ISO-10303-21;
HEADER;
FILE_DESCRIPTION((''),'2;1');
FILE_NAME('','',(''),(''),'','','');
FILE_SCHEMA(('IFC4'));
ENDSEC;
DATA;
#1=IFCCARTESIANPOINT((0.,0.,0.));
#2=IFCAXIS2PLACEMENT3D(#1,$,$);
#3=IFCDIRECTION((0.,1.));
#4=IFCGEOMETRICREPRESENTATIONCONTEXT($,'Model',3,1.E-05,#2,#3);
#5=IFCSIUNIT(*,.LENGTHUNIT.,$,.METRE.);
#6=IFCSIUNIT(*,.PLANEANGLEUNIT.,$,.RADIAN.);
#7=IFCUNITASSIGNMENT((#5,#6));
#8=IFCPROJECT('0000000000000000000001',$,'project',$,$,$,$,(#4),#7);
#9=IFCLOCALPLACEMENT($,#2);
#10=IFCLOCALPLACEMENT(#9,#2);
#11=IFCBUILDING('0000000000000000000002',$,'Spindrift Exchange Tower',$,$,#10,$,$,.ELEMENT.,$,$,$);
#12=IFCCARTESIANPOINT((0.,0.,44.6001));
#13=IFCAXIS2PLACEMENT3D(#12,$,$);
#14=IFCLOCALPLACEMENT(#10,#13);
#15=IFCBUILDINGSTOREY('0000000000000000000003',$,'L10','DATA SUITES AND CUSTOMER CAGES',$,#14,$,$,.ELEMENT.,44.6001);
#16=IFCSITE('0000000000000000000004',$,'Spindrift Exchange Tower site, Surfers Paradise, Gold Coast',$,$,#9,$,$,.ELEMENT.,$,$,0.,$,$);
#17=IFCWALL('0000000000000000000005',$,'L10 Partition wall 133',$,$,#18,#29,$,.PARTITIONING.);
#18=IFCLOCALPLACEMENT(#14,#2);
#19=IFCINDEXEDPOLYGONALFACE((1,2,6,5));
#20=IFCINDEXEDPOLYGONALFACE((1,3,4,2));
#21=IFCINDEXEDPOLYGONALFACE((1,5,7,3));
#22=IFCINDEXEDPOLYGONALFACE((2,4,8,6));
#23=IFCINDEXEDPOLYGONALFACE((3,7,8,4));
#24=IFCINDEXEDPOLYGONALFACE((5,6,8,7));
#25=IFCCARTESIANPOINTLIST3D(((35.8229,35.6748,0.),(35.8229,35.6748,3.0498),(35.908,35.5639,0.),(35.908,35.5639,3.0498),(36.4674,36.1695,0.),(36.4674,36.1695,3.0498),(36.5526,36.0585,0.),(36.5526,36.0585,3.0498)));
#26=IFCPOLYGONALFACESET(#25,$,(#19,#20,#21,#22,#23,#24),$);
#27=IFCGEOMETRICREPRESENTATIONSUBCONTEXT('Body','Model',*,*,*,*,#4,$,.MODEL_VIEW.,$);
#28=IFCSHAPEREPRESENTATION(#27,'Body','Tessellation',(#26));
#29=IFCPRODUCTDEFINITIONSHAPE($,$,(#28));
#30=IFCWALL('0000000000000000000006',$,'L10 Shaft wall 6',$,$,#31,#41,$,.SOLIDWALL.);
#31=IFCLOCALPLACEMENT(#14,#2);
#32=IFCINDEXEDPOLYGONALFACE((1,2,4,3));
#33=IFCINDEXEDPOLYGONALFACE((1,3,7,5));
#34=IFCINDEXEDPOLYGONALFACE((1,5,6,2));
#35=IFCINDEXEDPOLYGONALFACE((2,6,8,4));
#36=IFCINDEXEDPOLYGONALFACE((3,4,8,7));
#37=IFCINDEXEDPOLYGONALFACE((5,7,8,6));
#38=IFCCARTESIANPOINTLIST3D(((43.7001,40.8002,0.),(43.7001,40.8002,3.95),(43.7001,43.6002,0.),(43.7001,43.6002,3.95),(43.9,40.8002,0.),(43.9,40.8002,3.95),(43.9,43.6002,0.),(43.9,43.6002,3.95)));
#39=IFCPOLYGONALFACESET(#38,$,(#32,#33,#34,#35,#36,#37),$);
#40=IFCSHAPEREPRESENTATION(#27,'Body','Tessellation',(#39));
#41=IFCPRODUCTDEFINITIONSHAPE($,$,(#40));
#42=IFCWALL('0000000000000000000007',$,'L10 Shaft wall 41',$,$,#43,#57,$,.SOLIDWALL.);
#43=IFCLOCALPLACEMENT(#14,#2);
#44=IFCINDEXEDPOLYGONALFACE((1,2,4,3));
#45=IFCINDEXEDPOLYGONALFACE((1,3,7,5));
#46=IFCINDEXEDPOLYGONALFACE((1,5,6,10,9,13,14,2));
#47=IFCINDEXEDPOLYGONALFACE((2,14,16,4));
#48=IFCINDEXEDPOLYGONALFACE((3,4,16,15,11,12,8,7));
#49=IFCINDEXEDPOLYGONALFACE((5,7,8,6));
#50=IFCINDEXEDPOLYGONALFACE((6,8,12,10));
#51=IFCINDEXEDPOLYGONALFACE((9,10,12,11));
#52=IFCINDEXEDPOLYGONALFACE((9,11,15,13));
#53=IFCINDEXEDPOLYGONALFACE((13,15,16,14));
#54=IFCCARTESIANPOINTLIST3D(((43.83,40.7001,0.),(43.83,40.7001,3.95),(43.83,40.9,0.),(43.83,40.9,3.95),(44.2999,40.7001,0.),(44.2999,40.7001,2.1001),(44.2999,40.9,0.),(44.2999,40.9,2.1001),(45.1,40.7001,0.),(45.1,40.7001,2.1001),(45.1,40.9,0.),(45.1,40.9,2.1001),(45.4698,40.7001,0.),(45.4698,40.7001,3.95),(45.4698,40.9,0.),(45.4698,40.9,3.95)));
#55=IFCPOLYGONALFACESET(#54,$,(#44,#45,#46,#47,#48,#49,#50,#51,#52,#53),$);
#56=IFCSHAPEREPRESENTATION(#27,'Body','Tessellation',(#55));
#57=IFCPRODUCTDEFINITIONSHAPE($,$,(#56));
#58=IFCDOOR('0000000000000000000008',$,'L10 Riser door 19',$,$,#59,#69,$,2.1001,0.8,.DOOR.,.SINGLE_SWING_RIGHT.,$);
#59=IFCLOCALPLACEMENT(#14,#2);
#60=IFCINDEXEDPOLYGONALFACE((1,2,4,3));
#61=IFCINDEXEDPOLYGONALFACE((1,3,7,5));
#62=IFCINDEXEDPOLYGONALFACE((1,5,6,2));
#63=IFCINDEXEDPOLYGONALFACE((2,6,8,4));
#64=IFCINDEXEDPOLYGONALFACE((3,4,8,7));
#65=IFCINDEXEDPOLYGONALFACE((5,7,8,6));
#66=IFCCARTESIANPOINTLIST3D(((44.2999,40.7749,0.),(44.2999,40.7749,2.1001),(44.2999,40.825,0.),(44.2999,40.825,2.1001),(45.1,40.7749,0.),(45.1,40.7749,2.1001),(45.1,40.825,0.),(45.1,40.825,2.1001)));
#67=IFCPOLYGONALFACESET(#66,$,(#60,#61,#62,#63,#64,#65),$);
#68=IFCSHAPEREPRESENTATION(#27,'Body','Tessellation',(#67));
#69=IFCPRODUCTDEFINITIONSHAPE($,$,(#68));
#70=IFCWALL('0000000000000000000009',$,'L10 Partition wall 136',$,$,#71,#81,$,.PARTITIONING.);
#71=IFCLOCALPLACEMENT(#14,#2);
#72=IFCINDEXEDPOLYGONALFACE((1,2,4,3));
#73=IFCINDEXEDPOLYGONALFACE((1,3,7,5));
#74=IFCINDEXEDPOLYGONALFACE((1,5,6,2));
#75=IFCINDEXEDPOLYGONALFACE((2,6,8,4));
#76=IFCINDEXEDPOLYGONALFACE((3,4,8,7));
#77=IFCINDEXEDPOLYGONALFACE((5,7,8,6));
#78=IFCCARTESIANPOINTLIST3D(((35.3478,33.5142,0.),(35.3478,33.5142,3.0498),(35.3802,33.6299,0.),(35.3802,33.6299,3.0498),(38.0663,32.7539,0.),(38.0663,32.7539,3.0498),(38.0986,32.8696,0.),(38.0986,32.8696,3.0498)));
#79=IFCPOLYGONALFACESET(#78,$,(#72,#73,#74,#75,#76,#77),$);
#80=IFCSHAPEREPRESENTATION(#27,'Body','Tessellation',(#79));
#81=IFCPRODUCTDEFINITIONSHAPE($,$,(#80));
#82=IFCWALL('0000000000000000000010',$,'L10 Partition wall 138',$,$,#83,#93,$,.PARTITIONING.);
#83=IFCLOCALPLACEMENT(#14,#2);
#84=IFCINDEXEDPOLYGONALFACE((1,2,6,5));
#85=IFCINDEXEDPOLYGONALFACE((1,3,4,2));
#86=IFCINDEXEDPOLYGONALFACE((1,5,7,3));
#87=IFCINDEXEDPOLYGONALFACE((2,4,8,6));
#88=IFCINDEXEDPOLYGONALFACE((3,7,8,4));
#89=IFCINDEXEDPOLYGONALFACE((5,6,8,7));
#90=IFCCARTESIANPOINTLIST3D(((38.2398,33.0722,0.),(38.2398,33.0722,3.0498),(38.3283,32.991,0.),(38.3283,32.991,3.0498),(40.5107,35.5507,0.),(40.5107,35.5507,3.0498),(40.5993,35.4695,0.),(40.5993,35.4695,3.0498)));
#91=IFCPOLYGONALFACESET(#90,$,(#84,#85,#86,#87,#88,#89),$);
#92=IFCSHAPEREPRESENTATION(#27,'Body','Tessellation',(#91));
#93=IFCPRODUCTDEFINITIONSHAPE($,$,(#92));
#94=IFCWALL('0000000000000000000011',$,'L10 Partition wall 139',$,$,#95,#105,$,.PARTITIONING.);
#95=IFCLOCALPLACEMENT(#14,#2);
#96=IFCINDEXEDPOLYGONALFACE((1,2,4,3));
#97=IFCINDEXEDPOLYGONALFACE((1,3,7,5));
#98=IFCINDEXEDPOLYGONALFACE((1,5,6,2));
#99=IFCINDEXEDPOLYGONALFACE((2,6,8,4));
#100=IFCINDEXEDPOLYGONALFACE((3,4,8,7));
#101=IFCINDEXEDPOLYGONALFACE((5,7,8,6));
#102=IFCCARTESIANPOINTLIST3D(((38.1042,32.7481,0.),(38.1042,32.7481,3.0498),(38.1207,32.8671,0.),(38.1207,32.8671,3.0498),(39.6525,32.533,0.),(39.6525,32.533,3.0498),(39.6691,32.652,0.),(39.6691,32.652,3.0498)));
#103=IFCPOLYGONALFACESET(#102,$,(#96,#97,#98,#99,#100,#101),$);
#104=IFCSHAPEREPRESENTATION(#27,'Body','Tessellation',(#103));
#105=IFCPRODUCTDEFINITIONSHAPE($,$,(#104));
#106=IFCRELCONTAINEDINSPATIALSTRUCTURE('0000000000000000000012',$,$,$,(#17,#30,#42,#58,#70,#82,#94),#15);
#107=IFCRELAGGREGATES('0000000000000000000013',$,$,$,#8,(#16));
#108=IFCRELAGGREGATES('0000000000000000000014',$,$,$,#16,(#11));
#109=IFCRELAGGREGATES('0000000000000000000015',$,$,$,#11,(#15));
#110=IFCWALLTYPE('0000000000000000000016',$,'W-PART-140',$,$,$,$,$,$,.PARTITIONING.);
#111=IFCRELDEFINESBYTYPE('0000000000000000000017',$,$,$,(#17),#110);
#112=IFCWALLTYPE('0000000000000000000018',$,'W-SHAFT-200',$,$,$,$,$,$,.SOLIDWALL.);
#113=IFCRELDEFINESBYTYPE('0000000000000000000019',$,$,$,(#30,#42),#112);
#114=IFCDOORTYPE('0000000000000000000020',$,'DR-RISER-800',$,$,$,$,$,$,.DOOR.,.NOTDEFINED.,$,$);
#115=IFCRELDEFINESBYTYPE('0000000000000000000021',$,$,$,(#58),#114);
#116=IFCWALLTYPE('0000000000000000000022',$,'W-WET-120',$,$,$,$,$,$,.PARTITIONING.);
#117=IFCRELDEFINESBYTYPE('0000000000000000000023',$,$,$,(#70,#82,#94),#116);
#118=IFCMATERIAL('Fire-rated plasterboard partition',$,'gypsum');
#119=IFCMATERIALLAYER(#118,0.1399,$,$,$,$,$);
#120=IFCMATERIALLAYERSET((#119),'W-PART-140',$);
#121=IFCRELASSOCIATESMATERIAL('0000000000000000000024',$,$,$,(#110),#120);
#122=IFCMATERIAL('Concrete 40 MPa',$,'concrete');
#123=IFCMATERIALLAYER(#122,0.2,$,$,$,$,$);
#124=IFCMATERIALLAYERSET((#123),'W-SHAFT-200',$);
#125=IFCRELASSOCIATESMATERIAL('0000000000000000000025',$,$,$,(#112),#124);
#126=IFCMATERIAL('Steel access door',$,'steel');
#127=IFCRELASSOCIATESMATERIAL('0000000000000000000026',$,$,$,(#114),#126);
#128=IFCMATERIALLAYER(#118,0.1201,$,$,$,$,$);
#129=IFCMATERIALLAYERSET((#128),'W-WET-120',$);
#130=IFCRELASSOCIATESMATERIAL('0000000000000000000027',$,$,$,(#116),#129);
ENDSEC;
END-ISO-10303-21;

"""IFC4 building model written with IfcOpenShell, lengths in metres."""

from ifc_helpers import new_model, si_unit, direction, frame, frame_2d, origin, place, context, subcontext, project, spatial, rectangle, extrude, source, transform, mapped, material, layer, layer_set, type_object, element, fill, save


model = new_model("IFC4")

# Units and contexts
model_context = context("Model", 3, precision=1e-05, world=origin(), true_north=direction((0.0, 1.0)))
body_context = subcontext(model_context, "Body", "Model", "MODEL_VIEW")
ifc_project = project(units=[si_unit("LENGTHUNIT", "METRE"), si_unit("PLANEANGLEUNIT", "RADIAN")], contexts=[model_context])

# Site, building, storey
site_placement = place(None, origin())
site = spatial("IfcSite", under=ifc_project, at=site_placement, Name="Spindrift Exchange Tower site, Surfers Paradise, Gold Coast", CompositionType="ELEMENT", RefElevation=0.0)
building_placement = place(site_placement, origin())
building = spatial("IfcBuilding", under=site, at=building_placement, Name="Spindrift Exchange Tower", CompositionType="ELEMENT")
storey_placement = place(building_placement, frame((0.0, 0.0, 44.6001)))
storey = spatial("IfcBuildingStorey", under=building, at=storey_placement, Name="L10", Description="DATA SUITES AND CUSTOMER CAGES", CompositionType="ELEMENT", Elevation=44.6001)

# Shared definitions
ifc_material_1 = material(Name="Fire-rated plasterboard partition", Category="gypsum")

# Shared definitions
ifc_material_2 = material(Name="Steel access door", Category="steel")

# Walls
ifc_layer_1 = layer(ifc_material_1, 0.1399)
ifc_layer_set_1 = layer_set([ifc_layer_1], Name="W-PART-140")
wall_type_1 = type_object("IfcWallType", Name="W-PART-140", PredefinedType="PARTITIONING", material=ifc_layer_set_1)
wall_1_placement = place(storey_placement, frame((36.51, 36.114, 0.0), z_axis=(0.0, 0.0, 1.0), x_axis=(-0.793316, -0.60881, 0.0)))
element("IfcWall", 1, at=wall_1_placement, inside=storey, type_object=wall_type_1, Name="L10 Partition wall 133", PredefinedType="PARTITIONING", context=body_context, shape_type="SweptSolid", body=[
    extrude(rectangle(XDim=0.8125, YDim=0.1399, at=frame_2d((0.4062, 0.0))), origin(), (0.0, 0.0, 1.0), 3.0498),
])
ifc_material_3 = material(Name="Concrete 40 MPa", Category="concrete")
ifc_layer_2 = layer(ifc_material_3, 0.2)
ifc_layer_set_2 = layer_set([ifc_layer_2], Name="W-SHAFT-200")
wall_type_2 = type_object("IfcWallType", Name="W-SHAFT-200", PredefinedType="SOLIDWALL", material=ifc_layer_set_2)
wall_2_placement = place(storey_placement, frame((43.8, 43.6001, 0.0), z_axis=(0.0, 0.0, 1.0), x_axis=(0.0, -1.0, 0.0)))
element("IfcWall", 2, at=wall_2_placement, inside=storey, type_object=wall_type_2, Name="L10 Shaft wall 6", PredefinedType="SOLIDWALL", context=body_context, shape_type="SweptSolid", body=[
    extrude(rectangle(XDim=2.8, YDim=0.2, at=frame_2d((1.3999, 0.0))), origin(), (0.0, 0.0, 1.0), 3.95),
])

# Wall, opening, door
wall_3_placement = place(storey_placement, frame((43.8301, 40.8, 0.0), z_axis=(0.0, 0.0, 1.0), x_axis=(1.0, 0.0, 0.0)))
wall_3 = element("IfcWall", 3, at=wall_3_placement, inside=storey, type_object=wall_type_2, Name="L10 Shaft wall 41", PredefinedType="SOLIDWALL", context=body_context, shape_type="SweptSolid", body=[
    extrude(rectangle(XDim=1.6399, YDim=0.2, at=frame_2d((0.8198, 0.0))), origin(), (0.0, 0.0, 1.0), 3.95),
])
opening_1_placement = place(wall_3_placement, frame((0.47, 0.0, 0.0)))
opening_1 = element("IfcOpeningElement", 4, at=opening_1_placement, cuts=wall_3, PredefinedType="OPENING", context=body_context, shape_type="SweptSolid", body=[
    extrude(rectangle(XDim=0.8, YDim=2.1001, at=frame_2d((0.3999, 1.05))), frame((0.0, 0.1099, 0.0), z_axis=(0.0, -1.0, 0.0), x_axis=(1.0, 0.0, 0.0)), (0.0, 0.0, 1.0), 0.22),
])
door_type_1 = type_object("IfcDoorType", Name="DR-RISER-800", OperationType="NOTDEFINED", PredefinedType="DOOR", material=ifc_material_2)
shared_shape_1 = source(origin(), body_context, "Body", "SweptSolid", [
    extrude(rectangle(XDim=0.8, YDim=2.1001, at=frame_2d((0.3999, 1.05))), frame((0.0, 0.0249, 0.0), z_axis=(0.0, -1.0, 0.0), x_axis=(1.0, 0.0, 0.0)), (0.0, 0.0, 1.0), 0.05),
])
door_1_placement = place(opening_1_placement, origin())
door_1 = element("IfcDoor", 5, at=door_1_placement, inside=storey, type_object=door_type_1, Name="L10 Riser door 19", OperationType="SINGLE_SWING_RIGHT", OverallHeight=2.1001, OverallWidth=0.8, PredefinedType="DOOR", context=body_context, shape_type="MappedRepresentation", body=[
    mapped(shared_shape_1, transform((0.0, 0.0, 0.0), scale=1.0)),
])
fill(opening_1, door_1)

# Walls
ifc_layer_3 = layer(ifc_material_1, 0.1201)
ifc_layer_set_3 = layer_set([ifc_layer_3], Name="W-WET-120")
wall_type_3 = type_object("IfcWallType", Name="W-WET-120", PredefinedType="PARTITIONING", material=ifc_layer_set_3)
wall_4_placement = place(storey_placement, frame((35.364, 33.572, 0.0), z_axis=(0.0, 0.0, 1.0), x_axis=(0.963049, -0.269325, 0.0)))
element("IfcWall", 6, at=wall_4_placement, inside=storey, type_object=wall_type_3, Name="L10 Partition wall 136", PredefinedType="PARTITIONING", context=body_context, shape_type="SweptSolid", body=[
    extrude(rectangle(XDim=2.8228, YDim=0.1201, at=frame_2d((1.4114, 0.0))), origin(), (0.0, 0.0, 1.0), 3.0498),
])
wall_5_placement = place(storey_placement, frame((40.5549, 35.51, 0.0), z_axis=(0.0, 0.0, 1.0), x_axis=(-0.675567, -0.737299, 0.0)))
element("IfcWall", 7, at=wall_5_placement, inside=storey, type_object=wall_type_3, Name="L10 Partition wall 138", PredefinedType="PARTITIONING", context=body_context, shape_type="SweptSolid", body=[
    extrude(rectangle(XDim=3.3616, YDim=0.1201, at=frame_2d((1.6807, 0.0))), origin(), (0.0, 0.0, 1.0), 3.0498),
])
wall_6_placement = place(storey_placement, frame((38.1123, 32.8076, 0.0), z_axis=(0.0, 0.0, 1.0), x_axis=(0.990489, -0.137594, 0.0)))
element("IfcWall", 8, at=wall_6_placement, inside=storey, type_object=wall_type_3, Name="L10 Partition wall 139", PredefinedType="PARTITIONING", context=body_context, shape_type="SweptSolid", body=[
    extrude(rectangle(XDim=1.5632, YDim=0.1201, at=frame_2d((0.7817, 0.0))), origin(), (0.0, 0.0, 1.0), 3.0498),
])

save(model, "model.ifc")
